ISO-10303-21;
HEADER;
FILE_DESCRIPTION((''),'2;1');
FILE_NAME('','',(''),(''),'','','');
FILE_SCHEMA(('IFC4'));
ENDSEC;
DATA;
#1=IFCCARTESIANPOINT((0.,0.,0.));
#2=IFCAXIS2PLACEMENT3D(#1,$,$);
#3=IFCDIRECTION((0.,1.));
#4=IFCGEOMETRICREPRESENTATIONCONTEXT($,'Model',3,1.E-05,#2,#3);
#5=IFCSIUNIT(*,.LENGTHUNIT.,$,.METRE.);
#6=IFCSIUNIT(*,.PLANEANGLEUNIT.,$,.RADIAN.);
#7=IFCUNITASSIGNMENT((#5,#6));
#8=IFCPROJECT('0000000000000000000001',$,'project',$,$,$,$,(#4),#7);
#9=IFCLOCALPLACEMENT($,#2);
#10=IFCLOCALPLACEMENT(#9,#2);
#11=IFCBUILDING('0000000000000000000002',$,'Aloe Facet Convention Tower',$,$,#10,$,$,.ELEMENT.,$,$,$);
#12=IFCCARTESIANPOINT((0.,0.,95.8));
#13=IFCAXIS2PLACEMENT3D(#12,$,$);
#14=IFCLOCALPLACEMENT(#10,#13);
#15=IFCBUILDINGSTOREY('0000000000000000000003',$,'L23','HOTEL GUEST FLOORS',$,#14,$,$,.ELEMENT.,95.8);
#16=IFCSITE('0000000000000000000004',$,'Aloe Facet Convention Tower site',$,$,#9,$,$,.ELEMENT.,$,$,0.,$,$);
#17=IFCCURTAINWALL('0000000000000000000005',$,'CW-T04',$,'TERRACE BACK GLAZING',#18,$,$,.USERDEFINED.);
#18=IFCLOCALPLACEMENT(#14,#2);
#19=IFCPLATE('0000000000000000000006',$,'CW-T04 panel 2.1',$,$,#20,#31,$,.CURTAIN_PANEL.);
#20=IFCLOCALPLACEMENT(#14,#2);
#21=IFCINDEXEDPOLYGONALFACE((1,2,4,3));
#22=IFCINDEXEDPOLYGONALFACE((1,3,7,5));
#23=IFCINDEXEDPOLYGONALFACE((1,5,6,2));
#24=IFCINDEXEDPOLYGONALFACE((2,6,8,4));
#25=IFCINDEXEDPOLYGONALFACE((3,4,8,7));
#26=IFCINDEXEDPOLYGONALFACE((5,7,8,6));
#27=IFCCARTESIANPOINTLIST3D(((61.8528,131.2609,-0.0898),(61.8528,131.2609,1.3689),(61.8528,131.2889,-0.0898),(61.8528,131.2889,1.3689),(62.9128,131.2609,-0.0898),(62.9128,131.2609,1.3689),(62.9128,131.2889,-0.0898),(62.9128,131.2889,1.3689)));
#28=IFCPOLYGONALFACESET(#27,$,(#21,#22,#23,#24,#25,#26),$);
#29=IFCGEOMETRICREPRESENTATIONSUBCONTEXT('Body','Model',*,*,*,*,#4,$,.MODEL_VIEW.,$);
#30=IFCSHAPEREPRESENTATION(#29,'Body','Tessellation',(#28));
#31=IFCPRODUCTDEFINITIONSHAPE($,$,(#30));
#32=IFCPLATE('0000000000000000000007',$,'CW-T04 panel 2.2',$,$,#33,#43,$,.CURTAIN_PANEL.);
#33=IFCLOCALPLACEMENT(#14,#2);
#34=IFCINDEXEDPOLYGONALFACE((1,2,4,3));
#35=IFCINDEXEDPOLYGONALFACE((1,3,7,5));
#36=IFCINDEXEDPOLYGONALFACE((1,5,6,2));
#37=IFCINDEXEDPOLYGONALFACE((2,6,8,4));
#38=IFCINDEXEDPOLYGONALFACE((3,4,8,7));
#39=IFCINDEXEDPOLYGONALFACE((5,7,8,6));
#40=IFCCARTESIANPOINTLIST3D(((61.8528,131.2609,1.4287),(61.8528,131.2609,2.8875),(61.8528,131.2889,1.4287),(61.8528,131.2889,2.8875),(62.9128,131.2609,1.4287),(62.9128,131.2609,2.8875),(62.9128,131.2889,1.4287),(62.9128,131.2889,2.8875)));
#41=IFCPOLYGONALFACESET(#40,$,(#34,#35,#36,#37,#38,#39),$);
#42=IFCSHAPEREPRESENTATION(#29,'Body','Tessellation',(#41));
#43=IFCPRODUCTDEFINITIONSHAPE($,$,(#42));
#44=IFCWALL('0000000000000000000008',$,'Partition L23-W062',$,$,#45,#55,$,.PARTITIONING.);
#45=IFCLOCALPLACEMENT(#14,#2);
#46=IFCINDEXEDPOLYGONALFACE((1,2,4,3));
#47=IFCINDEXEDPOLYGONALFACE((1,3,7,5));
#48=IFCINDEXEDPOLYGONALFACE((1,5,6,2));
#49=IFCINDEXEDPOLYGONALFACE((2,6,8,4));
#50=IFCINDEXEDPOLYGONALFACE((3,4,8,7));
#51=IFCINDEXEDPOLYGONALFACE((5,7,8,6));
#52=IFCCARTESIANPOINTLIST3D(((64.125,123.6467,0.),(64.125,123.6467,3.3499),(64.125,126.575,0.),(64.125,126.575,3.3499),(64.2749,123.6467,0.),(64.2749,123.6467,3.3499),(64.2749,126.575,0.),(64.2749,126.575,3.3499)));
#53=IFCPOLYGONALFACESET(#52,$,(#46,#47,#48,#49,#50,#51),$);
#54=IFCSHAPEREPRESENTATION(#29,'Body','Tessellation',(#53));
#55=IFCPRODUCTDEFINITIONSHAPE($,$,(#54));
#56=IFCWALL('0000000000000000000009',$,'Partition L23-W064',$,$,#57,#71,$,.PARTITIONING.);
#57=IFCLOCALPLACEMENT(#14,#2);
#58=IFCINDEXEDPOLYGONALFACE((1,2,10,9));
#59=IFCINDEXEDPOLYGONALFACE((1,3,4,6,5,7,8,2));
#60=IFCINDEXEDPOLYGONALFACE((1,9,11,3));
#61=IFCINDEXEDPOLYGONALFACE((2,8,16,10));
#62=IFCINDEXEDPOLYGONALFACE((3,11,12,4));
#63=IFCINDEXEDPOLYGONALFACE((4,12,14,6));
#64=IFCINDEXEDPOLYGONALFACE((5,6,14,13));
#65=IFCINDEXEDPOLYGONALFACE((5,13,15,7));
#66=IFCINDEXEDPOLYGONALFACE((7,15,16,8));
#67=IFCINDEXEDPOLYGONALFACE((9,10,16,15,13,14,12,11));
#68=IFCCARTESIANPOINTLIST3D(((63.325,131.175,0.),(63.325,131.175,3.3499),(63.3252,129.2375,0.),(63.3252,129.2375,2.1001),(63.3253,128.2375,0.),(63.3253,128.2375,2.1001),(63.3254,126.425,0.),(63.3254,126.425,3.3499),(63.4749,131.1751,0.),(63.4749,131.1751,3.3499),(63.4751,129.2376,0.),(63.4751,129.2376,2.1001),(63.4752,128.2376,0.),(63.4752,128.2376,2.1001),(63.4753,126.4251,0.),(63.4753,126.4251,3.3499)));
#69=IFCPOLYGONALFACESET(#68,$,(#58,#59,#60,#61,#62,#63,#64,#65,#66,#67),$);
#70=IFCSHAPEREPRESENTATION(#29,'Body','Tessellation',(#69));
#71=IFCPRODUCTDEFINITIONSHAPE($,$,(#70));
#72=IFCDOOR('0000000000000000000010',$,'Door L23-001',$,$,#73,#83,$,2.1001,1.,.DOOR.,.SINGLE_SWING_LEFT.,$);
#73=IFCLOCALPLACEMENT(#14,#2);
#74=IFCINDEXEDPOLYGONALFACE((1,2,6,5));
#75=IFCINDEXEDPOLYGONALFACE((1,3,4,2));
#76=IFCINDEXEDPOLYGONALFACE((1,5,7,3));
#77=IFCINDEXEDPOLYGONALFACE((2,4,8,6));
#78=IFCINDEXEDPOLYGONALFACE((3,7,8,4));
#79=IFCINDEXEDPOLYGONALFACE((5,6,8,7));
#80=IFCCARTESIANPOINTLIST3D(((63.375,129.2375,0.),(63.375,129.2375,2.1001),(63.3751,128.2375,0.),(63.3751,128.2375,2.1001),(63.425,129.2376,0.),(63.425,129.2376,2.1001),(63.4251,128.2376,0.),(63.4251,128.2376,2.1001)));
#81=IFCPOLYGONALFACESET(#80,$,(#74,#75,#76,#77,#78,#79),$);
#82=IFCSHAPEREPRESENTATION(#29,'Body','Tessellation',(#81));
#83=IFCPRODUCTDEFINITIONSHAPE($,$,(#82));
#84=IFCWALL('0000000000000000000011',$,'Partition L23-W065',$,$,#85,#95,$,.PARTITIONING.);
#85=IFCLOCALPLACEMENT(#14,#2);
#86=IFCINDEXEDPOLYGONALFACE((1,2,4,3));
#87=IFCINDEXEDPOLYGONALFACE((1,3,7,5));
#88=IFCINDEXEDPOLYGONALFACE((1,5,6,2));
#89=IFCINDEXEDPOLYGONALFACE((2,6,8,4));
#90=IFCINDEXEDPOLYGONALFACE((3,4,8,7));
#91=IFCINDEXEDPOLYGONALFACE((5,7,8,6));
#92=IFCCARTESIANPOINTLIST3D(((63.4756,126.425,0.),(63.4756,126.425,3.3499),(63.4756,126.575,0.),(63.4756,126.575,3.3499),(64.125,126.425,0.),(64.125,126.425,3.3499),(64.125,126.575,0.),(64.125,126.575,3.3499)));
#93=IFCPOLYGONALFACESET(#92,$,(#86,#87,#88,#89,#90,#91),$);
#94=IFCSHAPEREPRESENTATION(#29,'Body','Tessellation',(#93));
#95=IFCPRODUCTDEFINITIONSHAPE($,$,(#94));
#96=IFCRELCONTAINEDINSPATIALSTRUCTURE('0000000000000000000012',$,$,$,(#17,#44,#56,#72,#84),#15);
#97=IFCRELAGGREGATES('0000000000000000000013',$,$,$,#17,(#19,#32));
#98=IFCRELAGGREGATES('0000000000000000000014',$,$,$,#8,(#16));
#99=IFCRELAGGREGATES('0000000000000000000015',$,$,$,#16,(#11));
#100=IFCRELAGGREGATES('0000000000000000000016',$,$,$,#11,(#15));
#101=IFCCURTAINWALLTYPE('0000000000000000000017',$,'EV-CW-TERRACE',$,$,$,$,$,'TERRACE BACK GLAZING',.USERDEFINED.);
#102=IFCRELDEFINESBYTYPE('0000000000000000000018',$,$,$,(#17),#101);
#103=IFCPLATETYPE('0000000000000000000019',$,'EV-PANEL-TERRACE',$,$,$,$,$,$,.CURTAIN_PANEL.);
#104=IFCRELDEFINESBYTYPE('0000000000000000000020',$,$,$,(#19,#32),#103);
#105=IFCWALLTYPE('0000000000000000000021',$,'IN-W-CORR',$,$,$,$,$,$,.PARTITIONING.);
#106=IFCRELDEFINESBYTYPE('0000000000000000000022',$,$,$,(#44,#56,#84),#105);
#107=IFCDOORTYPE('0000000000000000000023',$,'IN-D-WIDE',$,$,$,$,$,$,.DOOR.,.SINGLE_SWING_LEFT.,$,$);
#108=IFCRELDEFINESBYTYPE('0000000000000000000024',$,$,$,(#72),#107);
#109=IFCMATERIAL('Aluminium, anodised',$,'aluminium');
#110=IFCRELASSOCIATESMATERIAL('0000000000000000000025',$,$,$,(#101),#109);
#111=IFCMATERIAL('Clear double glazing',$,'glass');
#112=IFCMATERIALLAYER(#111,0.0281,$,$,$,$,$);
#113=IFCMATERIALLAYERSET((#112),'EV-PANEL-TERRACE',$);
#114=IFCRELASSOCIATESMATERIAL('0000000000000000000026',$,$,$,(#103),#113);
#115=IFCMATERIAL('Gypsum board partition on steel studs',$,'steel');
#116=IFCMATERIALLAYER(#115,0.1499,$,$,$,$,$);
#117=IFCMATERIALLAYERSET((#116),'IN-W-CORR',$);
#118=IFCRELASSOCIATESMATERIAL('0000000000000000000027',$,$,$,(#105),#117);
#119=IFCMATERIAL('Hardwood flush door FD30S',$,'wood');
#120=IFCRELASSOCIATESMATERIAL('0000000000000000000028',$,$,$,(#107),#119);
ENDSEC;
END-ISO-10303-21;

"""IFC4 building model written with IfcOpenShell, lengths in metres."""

from ifc_helpers import new_model, si_unit, direction, frame, frame_2d, origin, origin_2d, place, context, subcontext, project, spatial, rectangle, extrude, material, layer, layer_set, type_object, element, fill, aggregate, save


model = new_model("IFC4")

# Units and contexts
model_context = context("Model", 3, precision=1e-05, world=origin(), true_north=direction((0.0, 1.0)))
body_context = subcontext(model_context, "Body", "Model", "MODEL_VIEW")
ifc_project = project(units=[si_unit("LENGTHUNIT", "METRE"), si_unit("PLANEANGLEUNIT", "RADIAN")], contexts=[model_context])

# Site, building, storey
site_placement = place(None, origin())
site = spatial("IfcSite", under=ifc_project, at=site_placement, Name="Aloe Facet Convention Tower site", CompositionType="ELEMENT", RefElevation=0.0)
building_placement = place(site_placement, origin())
building = spatial("IfcBuilding", under=site, at=building_placement, Name="Aloe Facet Convention Tower", CompositionType="ELEMENT")
storey_placement = place(building_placement, frame((0.0, 0.0, 95.8)))
storey = spatial("IfcBuildingStorey", under=building, at=storey_placement, Name="L23", Description="HOTEL GUEST FLOORS", CompositionType="ELEMENT", Elevation=95.8)

# Curtain wall
ifc_material_1 = material(Name="Aluminium, anodised", Category="aluminium")
curtain_wall_type = type_object("IfcCurtainWallType", Name="EV-CW-TERRACE", ElementType="TERRACE BACK GLAZING", PredefinedType="USERDEFINED", material=ifc_material_1)
curtain_wall_placement = place(storey_placement, origin())
curtain_wall = element("IfcCurtainWall", 1, at=curtain_wall_placement, inside=storey, type_object=curtain_wall_type, Name="CW-T04", ObjectType="TERRACE BACK GLAZING", PredefinedType="USERDEFINED")

# Plates
ifc_material_2 = material(Name="Clear double glazing", Category="glass")
ifc_layer_1 = layer(ifc_material_2, 0.0281)
ifc_layer_set_1 = layer_set([ifc_layer_1], Name="EV-PANEL-TERRACE")
plate_type = type_object("IfcPlateType", Name="EV-PANEL-TERRACE", PredefinedType="CURTAIN_PANEL", material=ifc_layer_set_1)
plate_1_placement = place(storey_placement, frame((62.3828, 131.2749, -0.0898), z_axis=(0.0, 0.0, 1.0), x_axis=(-1.0, 0.0, 0.0)))
plate_1 = element("IfcPlate", 2, at=plate_1_placement, type_object=plate_type, Name="CW-T04 panel 2.1", PredefinedType="CURTAIN_PANEL", context=body_context, shape_type="SweptSolid", body=[
    extrude(rectangle(XDim=1.0601, YDim=0.0281, at=origin_2d()), origin(), (0.0, 0.0, 1.0), 1.4587),
])
plate_2_placement = place(storey_placement, frame((62.3828, 131.2749, 1.4287), z_axis=(0.0, 0.0, 1.0), x_axis=(-1.0, 0.0, 0.0)))
plate_2 = element("IfcPlate", 3, at=plate_2_placement, type_object=plate_type, Name="CW-T04 panel 2.2", PredefinedType="CURTAIN_PANEL", context=body_context, shape_type="SweptSolid", body=[
    extrude(rectangle(XDim=1.0601, YDim=0.0281, at=origin_2d()), origin(), (0.0, 0.0, 1.0), 1.4587),
])
aggregate(curtain_wall, [plate_1, plate_2])

# Wall
ifc_material_3 = material(Name="Gypsum board partition on steel studs", Category="steel")
ifc_layer_2 = layer(ifc_material_3, 0.1499)
ifc_layer_set_2 = layer_set([ifc_layer_2], Name="IN-W-CORR")
wall_type = type_object("IfcWallType", Name="IN-W-CORR", PredefinedType="PARTITIONING", material=ifc_layer_set_2)
wall_1_placement = place(storey_placement, frame((64.2, 123.6467, 0.0), z_axis=(0.0, 0.0, 1.0), x_axis=(0.0, 1.0, 0.0)))
element("IfcWall", 4, at=wall_1_placement, inside=storey, type_object=wall_type, Name="Partition L23-W062", PredefinedType="PARTITIONING", context=body_context, shape_type="SweptSolid", body=[
    extrude(rectangle(XDim=2.9282, YDim=0.1499, at=frame_2d((1.4641, 0.0))), origin(), (0.0, 0.0, 1.0), 3.3499),
])

# Wall, opening, door
wall_2_placement = place(storey_placement, frame((63.3999, 131.175, 0.0), z_axis=(0.0, 0.0, 1.0), x_axis=(0.000103, -1.0, 0.0)))
wall_2 = element("IfcWall", 5, at=wall_2_placement, inside=storey, type_object=wall_type, Name="Partition L23-W064", PredefinedType="PARTITIONING", context=body_context, shape_type="SweptSolid", body=[
    extrude(rectangle(XDim=4.75, YDim=0.1499, at=frame_2d((2.375, 0.0))), origin(), (0.0, 0.0, 1.0), 3.3499),
])
opening_placement = place(wall_2_placement, frame((1.9375, 0.0, 0.0)))
opening = element("IfcOpeningElement", 6, at=opening_placement, cuts=wall_2, PredefinedType="OPENING", context=body_context, shape_type="SweptSolid", body=[
    extrude(rectangle(XDim=1.0, YDim=2.1001, at=frame_2d((0.5, 1.05))), frame((0.0, 0.085, 0.0), z_axis=(0.0, -1.0, 0.0), x_axis=(1.0, 0.0, 0.0)), (0.0, 0.0, 1.0), 0.1699),
])
ifc_material_4 = material(Name="Hardwood flush door FD30S", Category="wood")
door_type = type_object("IfcDoorType", Name="IN-D-WIDE", OperationType="SINGLE_SWING_LEFT", PredefinedType="DOOR", material=ifc_material_4)
door_placement = place(opening_placement, origin())
door = element("IfcDoor", 7, at=door_placement, inside=storey, type_object=door_type, Name="Door L23-001", OperationType="SINGLE_SWING_LEFT", OverallHeight=2.1001, OverallWidth=1.0, PredefinedType="DOOR", context=body_context, shape_type="SweptSolid", body=[
    extrude(rectangle(XDim=1.0, YDim=2.1001, at=frame_2d((0.5, 1.05))), frame((0.0, 0.0249, 0.0), z_axis=(0.0, -1.0, 0.0), x_axis=(1.0, 0.0, 0.0)), (0.0, 0.0, 1.0), 0.05),
])
fill(opening, door)

# Wall
wall_3_placement = place(storey_placement, frame((63.4756, 126.5, 0.0), z_axis=(0.0, 0.0, 1.0), x_axis=(1.0, 0.0, 0.0)))
element("IfcWall", 8, at=wall_3_placement, inside=storey, type_object=wall_type, Name="Partition L23-W065", PredefinedType="PARTITIONING", context=body_context, shape_type="SweptSolid", body=[
    extrude(rectangle(XDim=0.6494, YDim=0.1499, at=frame_2d((0.3247, 0.0))), origin(), (0.0, 0.0, 1.0), 3.3499),
])

save(model, "model.ifc")
